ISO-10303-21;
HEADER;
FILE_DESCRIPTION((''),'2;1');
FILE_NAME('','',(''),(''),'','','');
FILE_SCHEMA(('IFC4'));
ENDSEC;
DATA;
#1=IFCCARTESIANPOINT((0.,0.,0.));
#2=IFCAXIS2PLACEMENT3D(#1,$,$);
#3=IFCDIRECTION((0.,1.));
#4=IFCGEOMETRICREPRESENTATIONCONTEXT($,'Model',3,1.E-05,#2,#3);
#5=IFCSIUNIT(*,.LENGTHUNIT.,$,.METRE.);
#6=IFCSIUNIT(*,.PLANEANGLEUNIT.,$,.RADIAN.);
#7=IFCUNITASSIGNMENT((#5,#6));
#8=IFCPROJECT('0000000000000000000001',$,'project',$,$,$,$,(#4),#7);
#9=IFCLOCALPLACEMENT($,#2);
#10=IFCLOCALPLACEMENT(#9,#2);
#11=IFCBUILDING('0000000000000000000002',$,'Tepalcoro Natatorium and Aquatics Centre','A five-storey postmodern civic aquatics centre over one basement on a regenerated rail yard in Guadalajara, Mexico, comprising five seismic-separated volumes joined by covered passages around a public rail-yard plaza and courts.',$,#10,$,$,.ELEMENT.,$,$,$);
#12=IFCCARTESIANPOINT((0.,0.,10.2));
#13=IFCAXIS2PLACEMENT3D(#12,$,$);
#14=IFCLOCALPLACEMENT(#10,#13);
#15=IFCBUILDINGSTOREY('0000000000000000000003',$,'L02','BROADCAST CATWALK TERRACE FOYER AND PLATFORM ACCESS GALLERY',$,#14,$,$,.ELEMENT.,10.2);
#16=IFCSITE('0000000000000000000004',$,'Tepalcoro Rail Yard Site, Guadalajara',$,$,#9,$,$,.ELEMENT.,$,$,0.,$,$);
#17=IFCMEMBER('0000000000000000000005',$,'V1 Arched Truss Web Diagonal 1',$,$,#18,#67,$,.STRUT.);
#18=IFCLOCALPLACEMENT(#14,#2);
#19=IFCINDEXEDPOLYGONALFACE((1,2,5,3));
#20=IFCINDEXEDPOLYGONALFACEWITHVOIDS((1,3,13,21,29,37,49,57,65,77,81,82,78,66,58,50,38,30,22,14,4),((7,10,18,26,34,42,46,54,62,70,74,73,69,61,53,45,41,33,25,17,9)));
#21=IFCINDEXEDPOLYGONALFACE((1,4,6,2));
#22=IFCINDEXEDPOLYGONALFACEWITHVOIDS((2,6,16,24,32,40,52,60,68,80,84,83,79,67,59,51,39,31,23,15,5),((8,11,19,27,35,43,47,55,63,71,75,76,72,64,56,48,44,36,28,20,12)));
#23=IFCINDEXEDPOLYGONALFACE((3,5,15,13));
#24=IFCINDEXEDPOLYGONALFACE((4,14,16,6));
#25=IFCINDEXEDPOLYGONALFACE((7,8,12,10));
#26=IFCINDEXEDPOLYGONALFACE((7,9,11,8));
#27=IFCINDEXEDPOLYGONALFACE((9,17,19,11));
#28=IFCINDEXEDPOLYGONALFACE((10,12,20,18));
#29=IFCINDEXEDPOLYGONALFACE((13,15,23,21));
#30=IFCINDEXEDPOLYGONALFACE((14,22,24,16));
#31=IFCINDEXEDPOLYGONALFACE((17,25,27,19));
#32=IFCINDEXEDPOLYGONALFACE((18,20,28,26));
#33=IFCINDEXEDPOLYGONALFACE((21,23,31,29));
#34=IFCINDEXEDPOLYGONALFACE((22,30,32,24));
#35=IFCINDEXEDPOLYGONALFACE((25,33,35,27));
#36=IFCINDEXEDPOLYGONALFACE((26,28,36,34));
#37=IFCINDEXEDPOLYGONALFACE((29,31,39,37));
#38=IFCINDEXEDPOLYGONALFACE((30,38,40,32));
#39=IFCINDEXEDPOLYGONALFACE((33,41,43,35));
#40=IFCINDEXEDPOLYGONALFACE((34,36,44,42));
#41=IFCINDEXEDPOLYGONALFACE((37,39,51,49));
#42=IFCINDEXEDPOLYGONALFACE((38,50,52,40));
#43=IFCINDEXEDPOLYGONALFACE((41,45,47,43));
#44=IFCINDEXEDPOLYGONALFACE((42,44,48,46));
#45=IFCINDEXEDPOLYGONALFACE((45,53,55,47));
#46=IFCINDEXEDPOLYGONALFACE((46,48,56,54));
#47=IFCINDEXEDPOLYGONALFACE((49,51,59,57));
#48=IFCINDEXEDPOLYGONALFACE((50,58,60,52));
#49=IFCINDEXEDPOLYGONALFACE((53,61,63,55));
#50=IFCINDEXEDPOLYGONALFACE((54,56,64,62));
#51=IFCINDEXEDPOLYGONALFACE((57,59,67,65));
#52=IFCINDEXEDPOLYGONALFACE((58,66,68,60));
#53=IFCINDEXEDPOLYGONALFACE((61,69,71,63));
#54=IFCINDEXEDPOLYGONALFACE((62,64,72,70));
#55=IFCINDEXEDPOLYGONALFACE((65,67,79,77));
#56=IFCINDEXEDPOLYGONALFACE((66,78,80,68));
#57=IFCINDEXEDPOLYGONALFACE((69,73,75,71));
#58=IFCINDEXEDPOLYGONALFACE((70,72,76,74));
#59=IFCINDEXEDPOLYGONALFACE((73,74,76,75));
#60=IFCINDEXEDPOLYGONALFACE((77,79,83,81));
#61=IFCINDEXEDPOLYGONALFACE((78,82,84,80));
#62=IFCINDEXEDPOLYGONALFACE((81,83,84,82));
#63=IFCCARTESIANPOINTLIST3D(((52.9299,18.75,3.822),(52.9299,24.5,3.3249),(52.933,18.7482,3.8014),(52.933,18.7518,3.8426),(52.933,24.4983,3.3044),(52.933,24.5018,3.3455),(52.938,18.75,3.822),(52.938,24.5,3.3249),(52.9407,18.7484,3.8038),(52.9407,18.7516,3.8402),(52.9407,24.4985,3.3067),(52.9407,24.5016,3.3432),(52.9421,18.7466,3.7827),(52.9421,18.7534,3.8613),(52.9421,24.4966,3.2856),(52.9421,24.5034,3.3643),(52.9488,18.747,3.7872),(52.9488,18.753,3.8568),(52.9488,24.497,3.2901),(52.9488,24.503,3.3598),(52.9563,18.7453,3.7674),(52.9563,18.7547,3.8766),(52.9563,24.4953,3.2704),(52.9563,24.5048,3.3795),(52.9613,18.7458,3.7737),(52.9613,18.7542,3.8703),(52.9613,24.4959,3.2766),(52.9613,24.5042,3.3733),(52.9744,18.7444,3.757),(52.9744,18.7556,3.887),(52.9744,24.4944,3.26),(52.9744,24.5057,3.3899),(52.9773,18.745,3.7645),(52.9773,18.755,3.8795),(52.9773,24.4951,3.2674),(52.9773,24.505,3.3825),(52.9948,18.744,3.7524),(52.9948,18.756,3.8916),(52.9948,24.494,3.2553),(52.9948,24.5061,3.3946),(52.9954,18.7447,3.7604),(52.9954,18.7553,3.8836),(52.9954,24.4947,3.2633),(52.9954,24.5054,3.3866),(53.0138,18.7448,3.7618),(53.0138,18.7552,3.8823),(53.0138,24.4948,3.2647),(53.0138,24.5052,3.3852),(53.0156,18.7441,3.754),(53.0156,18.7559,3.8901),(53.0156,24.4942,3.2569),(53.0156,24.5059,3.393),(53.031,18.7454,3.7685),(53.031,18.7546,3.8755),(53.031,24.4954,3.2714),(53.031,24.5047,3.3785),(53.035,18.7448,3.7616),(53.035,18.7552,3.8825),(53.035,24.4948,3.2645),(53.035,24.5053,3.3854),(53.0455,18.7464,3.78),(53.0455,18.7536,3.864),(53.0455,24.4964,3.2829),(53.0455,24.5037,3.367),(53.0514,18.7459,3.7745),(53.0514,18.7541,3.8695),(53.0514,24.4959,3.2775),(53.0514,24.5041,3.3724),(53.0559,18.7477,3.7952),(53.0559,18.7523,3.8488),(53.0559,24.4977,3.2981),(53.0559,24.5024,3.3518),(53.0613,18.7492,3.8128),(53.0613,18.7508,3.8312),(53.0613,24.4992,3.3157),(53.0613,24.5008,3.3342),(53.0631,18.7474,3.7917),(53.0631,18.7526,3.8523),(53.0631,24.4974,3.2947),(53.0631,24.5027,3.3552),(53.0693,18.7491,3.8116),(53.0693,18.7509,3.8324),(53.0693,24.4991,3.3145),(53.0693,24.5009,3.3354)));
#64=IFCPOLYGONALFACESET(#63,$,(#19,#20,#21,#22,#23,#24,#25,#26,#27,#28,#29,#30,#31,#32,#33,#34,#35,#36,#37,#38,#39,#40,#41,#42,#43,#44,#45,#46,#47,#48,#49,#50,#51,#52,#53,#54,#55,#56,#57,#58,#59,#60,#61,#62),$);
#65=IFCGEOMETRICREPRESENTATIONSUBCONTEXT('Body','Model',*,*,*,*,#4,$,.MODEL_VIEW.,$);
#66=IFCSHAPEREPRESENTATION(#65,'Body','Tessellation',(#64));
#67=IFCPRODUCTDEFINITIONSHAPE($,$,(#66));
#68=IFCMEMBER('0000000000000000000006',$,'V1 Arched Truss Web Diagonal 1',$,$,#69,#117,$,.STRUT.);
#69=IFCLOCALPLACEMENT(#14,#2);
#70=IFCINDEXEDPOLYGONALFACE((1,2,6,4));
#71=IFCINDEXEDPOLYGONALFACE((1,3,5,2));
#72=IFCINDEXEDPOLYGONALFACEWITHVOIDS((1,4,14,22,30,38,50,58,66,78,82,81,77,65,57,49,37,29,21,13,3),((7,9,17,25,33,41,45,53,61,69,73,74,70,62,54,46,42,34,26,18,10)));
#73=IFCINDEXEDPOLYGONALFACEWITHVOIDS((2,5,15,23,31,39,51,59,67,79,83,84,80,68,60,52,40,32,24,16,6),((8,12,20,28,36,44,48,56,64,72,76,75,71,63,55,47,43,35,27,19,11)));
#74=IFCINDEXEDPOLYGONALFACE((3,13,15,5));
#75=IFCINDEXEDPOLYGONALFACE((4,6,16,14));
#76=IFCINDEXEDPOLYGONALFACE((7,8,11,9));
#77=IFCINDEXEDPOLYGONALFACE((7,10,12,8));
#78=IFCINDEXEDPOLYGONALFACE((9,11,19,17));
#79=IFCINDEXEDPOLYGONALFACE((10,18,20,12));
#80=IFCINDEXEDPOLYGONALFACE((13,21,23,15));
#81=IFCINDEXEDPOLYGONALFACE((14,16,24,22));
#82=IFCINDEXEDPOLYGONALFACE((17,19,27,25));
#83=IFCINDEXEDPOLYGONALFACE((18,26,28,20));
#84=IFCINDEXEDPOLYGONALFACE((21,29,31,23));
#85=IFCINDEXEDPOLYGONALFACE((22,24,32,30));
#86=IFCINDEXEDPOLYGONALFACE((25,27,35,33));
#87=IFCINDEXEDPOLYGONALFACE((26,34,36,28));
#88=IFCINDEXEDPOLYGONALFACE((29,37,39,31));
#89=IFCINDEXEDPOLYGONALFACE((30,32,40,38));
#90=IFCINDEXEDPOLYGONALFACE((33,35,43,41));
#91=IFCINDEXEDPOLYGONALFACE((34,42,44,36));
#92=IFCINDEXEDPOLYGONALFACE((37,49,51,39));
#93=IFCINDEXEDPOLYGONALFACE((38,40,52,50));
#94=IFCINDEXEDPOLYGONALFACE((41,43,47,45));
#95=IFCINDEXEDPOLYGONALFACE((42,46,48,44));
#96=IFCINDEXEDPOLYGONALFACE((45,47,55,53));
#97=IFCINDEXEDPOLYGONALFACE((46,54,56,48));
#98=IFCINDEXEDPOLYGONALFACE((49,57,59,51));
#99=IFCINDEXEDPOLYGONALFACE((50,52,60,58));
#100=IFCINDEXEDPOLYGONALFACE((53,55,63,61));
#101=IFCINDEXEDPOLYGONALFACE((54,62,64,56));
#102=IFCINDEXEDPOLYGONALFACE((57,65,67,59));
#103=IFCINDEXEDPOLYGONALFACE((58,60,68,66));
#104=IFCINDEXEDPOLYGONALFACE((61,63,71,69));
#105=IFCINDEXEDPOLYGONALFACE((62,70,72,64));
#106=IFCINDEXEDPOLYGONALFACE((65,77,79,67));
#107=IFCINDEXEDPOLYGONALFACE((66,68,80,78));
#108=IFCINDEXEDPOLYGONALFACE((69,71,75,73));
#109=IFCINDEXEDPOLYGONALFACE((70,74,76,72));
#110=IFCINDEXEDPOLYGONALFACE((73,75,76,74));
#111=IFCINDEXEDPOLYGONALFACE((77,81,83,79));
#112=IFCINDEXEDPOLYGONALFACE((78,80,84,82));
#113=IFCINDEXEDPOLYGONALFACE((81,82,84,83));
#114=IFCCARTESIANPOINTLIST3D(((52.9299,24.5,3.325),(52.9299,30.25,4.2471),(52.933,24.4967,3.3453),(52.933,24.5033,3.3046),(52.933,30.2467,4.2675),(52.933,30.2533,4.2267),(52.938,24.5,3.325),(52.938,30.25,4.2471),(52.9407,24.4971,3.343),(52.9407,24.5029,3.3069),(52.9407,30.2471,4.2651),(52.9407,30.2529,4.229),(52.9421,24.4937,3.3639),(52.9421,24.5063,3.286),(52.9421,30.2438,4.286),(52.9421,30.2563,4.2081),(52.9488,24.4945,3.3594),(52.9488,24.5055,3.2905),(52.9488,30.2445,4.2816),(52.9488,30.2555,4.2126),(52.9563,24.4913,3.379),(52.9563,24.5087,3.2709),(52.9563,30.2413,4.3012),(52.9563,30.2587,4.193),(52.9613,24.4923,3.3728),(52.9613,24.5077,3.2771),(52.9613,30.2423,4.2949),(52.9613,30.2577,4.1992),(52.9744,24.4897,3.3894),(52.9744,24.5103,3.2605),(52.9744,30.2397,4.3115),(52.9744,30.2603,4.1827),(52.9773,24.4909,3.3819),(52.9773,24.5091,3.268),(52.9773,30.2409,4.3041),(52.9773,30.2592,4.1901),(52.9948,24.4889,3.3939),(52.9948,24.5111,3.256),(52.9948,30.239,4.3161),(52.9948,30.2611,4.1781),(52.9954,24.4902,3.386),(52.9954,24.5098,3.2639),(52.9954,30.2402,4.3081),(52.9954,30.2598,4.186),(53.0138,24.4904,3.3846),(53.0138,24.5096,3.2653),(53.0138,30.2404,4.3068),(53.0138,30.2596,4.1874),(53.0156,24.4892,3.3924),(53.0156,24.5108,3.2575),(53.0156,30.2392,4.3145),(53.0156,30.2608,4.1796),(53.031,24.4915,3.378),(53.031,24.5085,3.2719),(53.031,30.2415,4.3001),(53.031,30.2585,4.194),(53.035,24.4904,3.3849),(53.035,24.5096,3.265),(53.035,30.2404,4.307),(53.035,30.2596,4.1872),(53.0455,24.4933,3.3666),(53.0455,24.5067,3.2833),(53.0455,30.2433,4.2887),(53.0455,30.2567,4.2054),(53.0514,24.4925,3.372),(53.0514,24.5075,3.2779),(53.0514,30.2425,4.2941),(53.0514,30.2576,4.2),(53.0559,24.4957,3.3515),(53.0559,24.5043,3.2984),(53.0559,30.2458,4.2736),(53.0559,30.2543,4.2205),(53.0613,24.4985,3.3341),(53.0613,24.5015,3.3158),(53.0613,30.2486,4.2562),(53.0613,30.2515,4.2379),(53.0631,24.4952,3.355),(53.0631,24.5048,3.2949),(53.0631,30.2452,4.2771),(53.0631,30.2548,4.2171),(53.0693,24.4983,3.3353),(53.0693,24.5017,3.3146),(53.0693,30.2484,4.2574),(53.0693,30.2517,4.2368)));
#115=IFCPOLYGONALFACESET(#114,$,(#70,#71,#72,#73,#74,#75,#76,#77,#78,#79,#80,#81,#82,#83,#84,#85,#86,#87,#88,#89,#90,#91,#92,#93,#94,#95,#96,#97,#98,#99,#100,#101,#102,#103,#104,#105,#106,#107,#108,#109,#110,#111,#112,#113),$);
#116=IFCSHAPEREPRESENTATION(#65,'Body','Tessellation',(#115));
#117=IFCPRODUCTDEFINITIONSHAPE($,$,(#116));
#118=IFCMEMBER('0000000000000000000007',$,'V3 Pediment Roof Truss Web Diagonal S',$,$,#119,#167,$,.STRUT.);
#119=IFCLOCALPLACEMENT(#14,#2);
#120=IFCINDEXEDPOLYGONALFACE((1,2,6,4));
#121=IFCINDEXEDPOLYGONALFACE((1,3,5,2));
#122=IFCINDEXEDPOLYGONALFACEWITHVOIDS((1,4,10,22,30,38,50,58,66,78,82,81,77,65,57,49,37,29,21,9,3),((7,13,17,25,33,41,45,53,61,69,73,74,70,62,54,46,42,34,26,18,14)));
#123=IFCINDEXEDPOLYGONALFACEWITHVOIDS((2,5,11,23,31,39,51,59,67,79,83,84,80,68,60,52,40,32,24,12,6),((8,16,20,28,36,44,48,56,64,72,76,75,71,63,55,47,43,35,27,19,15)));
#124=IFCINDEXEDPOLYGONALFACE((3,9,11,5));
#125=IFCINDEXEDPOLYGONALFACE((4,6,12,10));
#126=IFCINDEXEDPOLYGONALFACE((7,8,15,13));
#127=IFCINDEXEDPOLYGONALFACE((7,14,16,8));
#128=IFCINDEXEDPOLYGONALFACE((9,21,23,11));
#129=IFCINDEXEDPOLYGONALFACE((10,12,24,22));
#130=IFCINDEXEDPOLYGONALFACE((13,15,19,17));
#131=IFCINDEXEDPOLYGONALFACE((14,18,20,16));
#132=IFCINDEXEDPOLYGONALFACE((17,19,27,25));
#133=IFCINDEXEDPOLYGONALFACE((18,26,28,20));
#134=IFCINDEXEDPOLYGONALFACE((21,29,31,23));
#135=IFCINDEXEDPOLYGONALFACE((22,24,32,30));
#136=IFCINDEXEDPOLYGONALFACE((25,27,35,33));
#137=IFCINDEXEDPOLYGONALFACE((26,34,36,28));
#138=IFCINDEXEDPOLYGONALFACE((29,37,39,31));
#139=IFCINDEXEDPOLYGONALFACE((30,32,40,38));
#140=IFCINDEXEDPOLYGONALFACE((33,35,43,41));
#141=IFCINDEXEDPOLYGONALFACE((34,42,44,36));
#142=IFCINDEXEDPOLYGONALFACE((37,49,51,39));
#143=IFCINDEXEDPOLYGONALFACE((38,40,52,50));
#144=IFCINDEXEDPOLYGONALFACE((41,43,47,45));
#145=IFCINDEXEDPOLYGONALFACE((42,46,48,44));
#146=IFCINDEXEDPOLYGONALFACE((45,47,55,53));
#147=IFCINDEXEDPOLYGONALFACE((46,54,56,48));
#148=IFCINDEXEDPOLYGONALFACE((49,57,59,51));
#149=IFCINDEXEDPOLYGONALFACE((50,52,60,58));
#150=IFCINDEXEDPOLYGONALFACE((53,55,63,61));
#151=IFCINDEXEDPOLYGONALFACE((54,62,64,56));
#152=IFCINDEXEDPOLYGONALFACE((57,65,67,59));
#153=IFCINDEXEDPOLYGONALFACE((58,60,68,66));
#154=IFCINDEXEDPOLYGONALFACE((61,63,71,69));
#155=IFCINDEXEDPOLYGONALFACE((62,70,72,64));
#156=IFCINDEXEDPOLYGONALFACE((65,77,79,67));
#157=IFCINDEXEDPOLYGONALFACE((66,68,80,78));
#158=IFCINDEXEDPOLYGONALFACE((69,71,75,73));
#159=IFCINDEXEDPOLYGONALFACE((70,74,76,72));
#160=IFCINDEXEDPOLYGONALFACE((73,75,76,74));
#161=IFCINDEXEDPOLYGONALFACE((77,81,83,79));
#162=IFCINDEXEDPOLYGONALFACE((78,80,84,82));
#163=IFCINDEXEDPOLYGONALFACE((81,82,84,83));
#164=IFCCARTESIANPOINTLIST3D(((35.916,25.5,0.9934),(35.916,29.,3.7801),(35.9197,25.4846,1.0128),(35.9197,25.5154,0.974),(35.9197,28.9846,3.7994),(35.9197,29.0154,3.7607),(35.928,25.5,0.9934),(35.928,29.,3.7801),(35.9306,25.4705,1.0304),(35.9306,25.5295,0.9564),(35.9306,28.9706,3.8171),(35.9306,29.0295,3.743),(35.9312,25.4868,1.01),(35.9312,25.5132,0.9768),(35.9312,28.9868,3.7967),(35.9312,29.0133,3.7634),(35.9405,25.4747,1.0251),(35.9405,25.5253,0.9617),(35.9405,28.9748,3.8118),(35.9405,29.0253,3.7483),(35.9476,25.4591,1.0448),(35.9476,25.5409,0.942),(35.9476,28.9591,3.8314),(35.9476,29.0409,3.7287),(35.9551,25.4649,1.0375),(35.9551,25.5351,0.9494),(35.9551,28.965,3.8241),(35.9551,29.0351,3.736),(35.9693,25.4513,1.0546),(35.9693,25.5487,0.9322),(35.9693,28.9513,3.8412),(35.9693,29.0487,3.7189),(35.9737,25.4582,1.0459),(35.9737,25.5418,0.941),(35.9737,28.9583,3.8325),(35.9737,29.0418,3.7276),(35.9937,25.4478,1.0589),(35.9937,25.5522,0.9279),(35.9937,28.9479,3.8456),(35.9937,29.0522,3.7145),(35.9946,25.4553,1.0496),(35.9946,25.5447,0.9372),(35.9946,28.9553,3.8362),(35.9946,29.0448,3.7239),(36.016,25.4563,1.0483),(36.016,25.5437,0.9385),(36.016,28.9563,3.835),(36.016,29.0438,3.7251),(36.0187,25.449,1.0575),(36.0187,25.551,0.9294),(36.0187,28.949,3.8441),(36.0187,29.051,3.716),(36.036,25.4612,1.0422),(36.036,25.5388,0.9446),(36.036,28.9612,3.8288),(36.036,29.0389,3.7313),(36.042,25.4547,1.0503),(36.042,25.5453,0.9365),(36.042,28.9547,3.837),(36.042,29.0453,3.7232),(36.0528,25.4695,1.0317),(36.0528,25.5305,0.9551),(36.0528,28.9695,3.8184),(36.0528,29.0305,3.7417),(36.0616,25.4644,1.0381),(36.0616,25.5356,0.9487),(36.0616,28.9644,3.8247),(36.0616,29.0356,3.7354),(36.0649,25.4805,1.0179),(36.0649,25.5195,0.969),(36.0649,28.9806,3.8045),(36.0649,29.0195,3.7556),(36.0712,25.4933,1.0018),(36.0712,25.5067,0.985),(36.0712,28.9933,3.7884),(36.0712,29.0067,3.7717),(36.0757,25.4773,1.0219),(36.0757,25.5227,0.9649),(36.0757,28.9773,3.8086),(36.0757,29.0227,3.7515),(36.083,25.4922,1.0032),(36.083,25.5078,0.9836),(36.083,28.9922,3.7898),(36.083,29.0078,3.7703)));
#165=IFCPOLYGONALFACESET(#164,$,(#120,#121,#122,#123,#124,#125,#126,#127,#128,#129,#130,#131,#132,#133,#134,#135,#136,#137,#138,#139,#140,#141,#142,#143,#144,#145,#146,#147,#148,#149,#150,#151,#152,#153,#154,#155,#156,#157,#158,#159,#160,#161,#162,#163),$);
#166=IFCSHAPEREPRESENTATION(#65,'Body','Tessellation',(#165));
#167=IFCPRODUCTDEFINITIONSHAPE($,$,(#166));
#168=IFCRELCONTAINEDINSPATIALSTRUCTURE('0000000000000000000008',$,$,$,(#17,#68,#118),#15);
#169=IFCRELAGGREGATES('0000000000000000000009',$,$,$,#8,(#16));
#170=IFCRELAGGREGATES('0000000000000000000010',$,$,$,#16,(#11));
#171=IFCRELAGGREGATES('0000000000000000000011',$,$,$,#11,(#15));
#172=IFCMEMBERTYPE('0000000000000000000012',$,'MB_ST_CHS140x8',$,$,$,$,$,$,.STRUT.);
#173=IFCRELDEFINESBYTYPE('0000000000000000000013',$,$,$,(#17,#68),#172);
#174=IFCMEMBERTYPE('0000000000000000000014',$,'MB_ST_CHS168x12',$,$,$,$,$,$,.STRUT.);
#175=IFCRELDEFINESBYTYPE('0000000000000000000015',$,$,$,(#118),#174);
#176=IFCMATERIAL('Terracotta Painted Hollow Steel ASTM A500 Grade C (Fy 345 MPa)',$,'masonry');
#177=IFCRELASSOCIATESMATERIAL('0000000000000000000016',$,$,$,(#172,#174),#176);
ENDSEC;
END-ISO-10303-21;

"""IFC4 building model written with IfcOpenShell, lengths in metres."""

from ifc_helpers import new_model, si_unit, direction, frame, origin, origin_2d, place, context, subcontext, project, spatial, hollow_circle, extrude, material, material_profile, profile_set, type_object, element, save


model = new_model("IFC4")

# Units and contexts
model_context = context("Model", 3, precision=1e-05, world=origin(), true_north=direction((0.0, 1.0)))
body_context = subcontext(model_context, "Body", "Model", "MODEL_VIEW")
ifc_project = project(units=[si_unit("LENGTHUNIT", "METRE"), si_unit("PLANEANGLEUNIT", "RADIAN")], contexts=[model_context])

# Site, building, storey
site_placement = place(None, origin())
site = spatial("IfcSite", under=ifc_project, at=site_placement, Name="Tepalcoro Rail Yard Site, Guadalajara", CompositionType="ELEMENT", RefElevation=0.0)
building_placement = place(site_placement, origin())
building = spatial("IfcBuilding", under=site, at=building_placement, Name="Tepalcoro Natatorium and Aquatics Centre", Description="A five-storey postmodern civic aquatics centre over one basement on a regenerated rail yard in Guadalajara, Mexico, comprising five seismic-separated volumes joined by covered passages around a public rail-yard plaza and courts.", CompositionType="ELEMENT")
storey_placement = place(building_placement, frame((0.0, 0.0, 10.2)))
storey = spatial("IfcBuildingStorey", under=building, at=storey_placement, Name="L02", Description="BROADCAST CATWALK TERRACE FOYER AND PLATFORM ACCESS GALLERY", CompositionType="ELEMENT", Elevation=10.2)

# Shared definitions
ifc_material_1 = material(Name="Terracotta Painted Hollow Steel ASTM A500 Grade C (Fy 345 MPa)", Category="masonry")

# Members
ifc_material_profile_1 = material_profile(ifc_material_1, hollow_circle(Radius=0.0701, WallThickness=0.0081, at=origin_2d()), Name="CHS140X8")
ifc_profile_set_1 = profile_set([ifc_material_profile_1], Name="Terracotta Painted Hollow Steel ASTM A500 Grade C (Fy 345 MPa)")
member_type_1 = type_object("IfcMemberType", Name="MB_ST_CHS140x8", PredefinedType="STRUT", material=ifc_profile_set_1)
member_1_placement = place(storey_placement, frame((53.0, 18.75, 3.822), z_axis=(0.0, 0.996284, -0.086126), x_axis=(-1.0, 0.0, 0.0)))
element("IfcMember", 1, at=member_1_placement, inside=storey, type_object=member_type_1, Name="V1 Arched Truss Web Diagonal 1", PredefinedType="STRUT", context=body_context, shape_type="SweptSolid", body=[
    extrude(hollow_circle(Radius=0.0701, WallThickness=0.0081, at=origin_2d()), origin(), (0.0, 0.0, 1.0), 5.7715),
])
member_2_placement = place(storey_placement, frame((53.0, 24.5, 3.325), z_axis=(0.0, 0.987384, 0.158345), x_axis=(-1.0, 0.0, 0.0)))
element("IfcMember", 2, at=member_2_placement, inside=storey, type_object=member_type_1, Name="V1 Arched Truss Web Diagonal 1", PredefinedType="STRUT", context=body_context, shape_type="SweptSolid", body=[
    extrude(hollow_circle(Radius=0.0701, WallThickness=0.0081, at=origin_2d()), origin(), (0.0, 0.0, 1.0), 5.8235),
])
ifc_material_profile_2 = material_profile(ifc_material_1, hollow_circle(Radius=0.084, WallThickness=0.012, at=origin_2d()), Name="CHS168X12")
ifc_profile_set_2 = profile_set([ifc_material_profile_2], Name="Terracotta Painted Hollow Steel ASTM A500 Grade C (Fy 345 MPa)")
member_type_2 = type_object("IfcMemberType", Name="MB_ST_CHS168x12", PredefinedType="STRUT", material=ifc_profile_set_2)
for number, where, z_axis, x_axis, name in (
    (3, (36.0, 25.5, 0.9934), (0.0, 0.782325, 0.62287), (-1.0, 0.0, 0.0), "V3 Pediment Roof Truss Web Diagonal S"),
):
    element("IfcMember", number, at=place(storey_placement, frame(where, z_axis=z_axis, x_axis=x_axis)), inside=storey, type_object=member_type_2, Name=name, PredefinedType="STRUT", context=body_context, shape_type="SweptSolid", body=[
        extrude(hollow_circle(Radius=0.084, WallThickness=0.012, at=origin_2d()), origin(), (0.0, 0.0, 1.0), 4.4739),
    ])

save(model, "model.ifc")
